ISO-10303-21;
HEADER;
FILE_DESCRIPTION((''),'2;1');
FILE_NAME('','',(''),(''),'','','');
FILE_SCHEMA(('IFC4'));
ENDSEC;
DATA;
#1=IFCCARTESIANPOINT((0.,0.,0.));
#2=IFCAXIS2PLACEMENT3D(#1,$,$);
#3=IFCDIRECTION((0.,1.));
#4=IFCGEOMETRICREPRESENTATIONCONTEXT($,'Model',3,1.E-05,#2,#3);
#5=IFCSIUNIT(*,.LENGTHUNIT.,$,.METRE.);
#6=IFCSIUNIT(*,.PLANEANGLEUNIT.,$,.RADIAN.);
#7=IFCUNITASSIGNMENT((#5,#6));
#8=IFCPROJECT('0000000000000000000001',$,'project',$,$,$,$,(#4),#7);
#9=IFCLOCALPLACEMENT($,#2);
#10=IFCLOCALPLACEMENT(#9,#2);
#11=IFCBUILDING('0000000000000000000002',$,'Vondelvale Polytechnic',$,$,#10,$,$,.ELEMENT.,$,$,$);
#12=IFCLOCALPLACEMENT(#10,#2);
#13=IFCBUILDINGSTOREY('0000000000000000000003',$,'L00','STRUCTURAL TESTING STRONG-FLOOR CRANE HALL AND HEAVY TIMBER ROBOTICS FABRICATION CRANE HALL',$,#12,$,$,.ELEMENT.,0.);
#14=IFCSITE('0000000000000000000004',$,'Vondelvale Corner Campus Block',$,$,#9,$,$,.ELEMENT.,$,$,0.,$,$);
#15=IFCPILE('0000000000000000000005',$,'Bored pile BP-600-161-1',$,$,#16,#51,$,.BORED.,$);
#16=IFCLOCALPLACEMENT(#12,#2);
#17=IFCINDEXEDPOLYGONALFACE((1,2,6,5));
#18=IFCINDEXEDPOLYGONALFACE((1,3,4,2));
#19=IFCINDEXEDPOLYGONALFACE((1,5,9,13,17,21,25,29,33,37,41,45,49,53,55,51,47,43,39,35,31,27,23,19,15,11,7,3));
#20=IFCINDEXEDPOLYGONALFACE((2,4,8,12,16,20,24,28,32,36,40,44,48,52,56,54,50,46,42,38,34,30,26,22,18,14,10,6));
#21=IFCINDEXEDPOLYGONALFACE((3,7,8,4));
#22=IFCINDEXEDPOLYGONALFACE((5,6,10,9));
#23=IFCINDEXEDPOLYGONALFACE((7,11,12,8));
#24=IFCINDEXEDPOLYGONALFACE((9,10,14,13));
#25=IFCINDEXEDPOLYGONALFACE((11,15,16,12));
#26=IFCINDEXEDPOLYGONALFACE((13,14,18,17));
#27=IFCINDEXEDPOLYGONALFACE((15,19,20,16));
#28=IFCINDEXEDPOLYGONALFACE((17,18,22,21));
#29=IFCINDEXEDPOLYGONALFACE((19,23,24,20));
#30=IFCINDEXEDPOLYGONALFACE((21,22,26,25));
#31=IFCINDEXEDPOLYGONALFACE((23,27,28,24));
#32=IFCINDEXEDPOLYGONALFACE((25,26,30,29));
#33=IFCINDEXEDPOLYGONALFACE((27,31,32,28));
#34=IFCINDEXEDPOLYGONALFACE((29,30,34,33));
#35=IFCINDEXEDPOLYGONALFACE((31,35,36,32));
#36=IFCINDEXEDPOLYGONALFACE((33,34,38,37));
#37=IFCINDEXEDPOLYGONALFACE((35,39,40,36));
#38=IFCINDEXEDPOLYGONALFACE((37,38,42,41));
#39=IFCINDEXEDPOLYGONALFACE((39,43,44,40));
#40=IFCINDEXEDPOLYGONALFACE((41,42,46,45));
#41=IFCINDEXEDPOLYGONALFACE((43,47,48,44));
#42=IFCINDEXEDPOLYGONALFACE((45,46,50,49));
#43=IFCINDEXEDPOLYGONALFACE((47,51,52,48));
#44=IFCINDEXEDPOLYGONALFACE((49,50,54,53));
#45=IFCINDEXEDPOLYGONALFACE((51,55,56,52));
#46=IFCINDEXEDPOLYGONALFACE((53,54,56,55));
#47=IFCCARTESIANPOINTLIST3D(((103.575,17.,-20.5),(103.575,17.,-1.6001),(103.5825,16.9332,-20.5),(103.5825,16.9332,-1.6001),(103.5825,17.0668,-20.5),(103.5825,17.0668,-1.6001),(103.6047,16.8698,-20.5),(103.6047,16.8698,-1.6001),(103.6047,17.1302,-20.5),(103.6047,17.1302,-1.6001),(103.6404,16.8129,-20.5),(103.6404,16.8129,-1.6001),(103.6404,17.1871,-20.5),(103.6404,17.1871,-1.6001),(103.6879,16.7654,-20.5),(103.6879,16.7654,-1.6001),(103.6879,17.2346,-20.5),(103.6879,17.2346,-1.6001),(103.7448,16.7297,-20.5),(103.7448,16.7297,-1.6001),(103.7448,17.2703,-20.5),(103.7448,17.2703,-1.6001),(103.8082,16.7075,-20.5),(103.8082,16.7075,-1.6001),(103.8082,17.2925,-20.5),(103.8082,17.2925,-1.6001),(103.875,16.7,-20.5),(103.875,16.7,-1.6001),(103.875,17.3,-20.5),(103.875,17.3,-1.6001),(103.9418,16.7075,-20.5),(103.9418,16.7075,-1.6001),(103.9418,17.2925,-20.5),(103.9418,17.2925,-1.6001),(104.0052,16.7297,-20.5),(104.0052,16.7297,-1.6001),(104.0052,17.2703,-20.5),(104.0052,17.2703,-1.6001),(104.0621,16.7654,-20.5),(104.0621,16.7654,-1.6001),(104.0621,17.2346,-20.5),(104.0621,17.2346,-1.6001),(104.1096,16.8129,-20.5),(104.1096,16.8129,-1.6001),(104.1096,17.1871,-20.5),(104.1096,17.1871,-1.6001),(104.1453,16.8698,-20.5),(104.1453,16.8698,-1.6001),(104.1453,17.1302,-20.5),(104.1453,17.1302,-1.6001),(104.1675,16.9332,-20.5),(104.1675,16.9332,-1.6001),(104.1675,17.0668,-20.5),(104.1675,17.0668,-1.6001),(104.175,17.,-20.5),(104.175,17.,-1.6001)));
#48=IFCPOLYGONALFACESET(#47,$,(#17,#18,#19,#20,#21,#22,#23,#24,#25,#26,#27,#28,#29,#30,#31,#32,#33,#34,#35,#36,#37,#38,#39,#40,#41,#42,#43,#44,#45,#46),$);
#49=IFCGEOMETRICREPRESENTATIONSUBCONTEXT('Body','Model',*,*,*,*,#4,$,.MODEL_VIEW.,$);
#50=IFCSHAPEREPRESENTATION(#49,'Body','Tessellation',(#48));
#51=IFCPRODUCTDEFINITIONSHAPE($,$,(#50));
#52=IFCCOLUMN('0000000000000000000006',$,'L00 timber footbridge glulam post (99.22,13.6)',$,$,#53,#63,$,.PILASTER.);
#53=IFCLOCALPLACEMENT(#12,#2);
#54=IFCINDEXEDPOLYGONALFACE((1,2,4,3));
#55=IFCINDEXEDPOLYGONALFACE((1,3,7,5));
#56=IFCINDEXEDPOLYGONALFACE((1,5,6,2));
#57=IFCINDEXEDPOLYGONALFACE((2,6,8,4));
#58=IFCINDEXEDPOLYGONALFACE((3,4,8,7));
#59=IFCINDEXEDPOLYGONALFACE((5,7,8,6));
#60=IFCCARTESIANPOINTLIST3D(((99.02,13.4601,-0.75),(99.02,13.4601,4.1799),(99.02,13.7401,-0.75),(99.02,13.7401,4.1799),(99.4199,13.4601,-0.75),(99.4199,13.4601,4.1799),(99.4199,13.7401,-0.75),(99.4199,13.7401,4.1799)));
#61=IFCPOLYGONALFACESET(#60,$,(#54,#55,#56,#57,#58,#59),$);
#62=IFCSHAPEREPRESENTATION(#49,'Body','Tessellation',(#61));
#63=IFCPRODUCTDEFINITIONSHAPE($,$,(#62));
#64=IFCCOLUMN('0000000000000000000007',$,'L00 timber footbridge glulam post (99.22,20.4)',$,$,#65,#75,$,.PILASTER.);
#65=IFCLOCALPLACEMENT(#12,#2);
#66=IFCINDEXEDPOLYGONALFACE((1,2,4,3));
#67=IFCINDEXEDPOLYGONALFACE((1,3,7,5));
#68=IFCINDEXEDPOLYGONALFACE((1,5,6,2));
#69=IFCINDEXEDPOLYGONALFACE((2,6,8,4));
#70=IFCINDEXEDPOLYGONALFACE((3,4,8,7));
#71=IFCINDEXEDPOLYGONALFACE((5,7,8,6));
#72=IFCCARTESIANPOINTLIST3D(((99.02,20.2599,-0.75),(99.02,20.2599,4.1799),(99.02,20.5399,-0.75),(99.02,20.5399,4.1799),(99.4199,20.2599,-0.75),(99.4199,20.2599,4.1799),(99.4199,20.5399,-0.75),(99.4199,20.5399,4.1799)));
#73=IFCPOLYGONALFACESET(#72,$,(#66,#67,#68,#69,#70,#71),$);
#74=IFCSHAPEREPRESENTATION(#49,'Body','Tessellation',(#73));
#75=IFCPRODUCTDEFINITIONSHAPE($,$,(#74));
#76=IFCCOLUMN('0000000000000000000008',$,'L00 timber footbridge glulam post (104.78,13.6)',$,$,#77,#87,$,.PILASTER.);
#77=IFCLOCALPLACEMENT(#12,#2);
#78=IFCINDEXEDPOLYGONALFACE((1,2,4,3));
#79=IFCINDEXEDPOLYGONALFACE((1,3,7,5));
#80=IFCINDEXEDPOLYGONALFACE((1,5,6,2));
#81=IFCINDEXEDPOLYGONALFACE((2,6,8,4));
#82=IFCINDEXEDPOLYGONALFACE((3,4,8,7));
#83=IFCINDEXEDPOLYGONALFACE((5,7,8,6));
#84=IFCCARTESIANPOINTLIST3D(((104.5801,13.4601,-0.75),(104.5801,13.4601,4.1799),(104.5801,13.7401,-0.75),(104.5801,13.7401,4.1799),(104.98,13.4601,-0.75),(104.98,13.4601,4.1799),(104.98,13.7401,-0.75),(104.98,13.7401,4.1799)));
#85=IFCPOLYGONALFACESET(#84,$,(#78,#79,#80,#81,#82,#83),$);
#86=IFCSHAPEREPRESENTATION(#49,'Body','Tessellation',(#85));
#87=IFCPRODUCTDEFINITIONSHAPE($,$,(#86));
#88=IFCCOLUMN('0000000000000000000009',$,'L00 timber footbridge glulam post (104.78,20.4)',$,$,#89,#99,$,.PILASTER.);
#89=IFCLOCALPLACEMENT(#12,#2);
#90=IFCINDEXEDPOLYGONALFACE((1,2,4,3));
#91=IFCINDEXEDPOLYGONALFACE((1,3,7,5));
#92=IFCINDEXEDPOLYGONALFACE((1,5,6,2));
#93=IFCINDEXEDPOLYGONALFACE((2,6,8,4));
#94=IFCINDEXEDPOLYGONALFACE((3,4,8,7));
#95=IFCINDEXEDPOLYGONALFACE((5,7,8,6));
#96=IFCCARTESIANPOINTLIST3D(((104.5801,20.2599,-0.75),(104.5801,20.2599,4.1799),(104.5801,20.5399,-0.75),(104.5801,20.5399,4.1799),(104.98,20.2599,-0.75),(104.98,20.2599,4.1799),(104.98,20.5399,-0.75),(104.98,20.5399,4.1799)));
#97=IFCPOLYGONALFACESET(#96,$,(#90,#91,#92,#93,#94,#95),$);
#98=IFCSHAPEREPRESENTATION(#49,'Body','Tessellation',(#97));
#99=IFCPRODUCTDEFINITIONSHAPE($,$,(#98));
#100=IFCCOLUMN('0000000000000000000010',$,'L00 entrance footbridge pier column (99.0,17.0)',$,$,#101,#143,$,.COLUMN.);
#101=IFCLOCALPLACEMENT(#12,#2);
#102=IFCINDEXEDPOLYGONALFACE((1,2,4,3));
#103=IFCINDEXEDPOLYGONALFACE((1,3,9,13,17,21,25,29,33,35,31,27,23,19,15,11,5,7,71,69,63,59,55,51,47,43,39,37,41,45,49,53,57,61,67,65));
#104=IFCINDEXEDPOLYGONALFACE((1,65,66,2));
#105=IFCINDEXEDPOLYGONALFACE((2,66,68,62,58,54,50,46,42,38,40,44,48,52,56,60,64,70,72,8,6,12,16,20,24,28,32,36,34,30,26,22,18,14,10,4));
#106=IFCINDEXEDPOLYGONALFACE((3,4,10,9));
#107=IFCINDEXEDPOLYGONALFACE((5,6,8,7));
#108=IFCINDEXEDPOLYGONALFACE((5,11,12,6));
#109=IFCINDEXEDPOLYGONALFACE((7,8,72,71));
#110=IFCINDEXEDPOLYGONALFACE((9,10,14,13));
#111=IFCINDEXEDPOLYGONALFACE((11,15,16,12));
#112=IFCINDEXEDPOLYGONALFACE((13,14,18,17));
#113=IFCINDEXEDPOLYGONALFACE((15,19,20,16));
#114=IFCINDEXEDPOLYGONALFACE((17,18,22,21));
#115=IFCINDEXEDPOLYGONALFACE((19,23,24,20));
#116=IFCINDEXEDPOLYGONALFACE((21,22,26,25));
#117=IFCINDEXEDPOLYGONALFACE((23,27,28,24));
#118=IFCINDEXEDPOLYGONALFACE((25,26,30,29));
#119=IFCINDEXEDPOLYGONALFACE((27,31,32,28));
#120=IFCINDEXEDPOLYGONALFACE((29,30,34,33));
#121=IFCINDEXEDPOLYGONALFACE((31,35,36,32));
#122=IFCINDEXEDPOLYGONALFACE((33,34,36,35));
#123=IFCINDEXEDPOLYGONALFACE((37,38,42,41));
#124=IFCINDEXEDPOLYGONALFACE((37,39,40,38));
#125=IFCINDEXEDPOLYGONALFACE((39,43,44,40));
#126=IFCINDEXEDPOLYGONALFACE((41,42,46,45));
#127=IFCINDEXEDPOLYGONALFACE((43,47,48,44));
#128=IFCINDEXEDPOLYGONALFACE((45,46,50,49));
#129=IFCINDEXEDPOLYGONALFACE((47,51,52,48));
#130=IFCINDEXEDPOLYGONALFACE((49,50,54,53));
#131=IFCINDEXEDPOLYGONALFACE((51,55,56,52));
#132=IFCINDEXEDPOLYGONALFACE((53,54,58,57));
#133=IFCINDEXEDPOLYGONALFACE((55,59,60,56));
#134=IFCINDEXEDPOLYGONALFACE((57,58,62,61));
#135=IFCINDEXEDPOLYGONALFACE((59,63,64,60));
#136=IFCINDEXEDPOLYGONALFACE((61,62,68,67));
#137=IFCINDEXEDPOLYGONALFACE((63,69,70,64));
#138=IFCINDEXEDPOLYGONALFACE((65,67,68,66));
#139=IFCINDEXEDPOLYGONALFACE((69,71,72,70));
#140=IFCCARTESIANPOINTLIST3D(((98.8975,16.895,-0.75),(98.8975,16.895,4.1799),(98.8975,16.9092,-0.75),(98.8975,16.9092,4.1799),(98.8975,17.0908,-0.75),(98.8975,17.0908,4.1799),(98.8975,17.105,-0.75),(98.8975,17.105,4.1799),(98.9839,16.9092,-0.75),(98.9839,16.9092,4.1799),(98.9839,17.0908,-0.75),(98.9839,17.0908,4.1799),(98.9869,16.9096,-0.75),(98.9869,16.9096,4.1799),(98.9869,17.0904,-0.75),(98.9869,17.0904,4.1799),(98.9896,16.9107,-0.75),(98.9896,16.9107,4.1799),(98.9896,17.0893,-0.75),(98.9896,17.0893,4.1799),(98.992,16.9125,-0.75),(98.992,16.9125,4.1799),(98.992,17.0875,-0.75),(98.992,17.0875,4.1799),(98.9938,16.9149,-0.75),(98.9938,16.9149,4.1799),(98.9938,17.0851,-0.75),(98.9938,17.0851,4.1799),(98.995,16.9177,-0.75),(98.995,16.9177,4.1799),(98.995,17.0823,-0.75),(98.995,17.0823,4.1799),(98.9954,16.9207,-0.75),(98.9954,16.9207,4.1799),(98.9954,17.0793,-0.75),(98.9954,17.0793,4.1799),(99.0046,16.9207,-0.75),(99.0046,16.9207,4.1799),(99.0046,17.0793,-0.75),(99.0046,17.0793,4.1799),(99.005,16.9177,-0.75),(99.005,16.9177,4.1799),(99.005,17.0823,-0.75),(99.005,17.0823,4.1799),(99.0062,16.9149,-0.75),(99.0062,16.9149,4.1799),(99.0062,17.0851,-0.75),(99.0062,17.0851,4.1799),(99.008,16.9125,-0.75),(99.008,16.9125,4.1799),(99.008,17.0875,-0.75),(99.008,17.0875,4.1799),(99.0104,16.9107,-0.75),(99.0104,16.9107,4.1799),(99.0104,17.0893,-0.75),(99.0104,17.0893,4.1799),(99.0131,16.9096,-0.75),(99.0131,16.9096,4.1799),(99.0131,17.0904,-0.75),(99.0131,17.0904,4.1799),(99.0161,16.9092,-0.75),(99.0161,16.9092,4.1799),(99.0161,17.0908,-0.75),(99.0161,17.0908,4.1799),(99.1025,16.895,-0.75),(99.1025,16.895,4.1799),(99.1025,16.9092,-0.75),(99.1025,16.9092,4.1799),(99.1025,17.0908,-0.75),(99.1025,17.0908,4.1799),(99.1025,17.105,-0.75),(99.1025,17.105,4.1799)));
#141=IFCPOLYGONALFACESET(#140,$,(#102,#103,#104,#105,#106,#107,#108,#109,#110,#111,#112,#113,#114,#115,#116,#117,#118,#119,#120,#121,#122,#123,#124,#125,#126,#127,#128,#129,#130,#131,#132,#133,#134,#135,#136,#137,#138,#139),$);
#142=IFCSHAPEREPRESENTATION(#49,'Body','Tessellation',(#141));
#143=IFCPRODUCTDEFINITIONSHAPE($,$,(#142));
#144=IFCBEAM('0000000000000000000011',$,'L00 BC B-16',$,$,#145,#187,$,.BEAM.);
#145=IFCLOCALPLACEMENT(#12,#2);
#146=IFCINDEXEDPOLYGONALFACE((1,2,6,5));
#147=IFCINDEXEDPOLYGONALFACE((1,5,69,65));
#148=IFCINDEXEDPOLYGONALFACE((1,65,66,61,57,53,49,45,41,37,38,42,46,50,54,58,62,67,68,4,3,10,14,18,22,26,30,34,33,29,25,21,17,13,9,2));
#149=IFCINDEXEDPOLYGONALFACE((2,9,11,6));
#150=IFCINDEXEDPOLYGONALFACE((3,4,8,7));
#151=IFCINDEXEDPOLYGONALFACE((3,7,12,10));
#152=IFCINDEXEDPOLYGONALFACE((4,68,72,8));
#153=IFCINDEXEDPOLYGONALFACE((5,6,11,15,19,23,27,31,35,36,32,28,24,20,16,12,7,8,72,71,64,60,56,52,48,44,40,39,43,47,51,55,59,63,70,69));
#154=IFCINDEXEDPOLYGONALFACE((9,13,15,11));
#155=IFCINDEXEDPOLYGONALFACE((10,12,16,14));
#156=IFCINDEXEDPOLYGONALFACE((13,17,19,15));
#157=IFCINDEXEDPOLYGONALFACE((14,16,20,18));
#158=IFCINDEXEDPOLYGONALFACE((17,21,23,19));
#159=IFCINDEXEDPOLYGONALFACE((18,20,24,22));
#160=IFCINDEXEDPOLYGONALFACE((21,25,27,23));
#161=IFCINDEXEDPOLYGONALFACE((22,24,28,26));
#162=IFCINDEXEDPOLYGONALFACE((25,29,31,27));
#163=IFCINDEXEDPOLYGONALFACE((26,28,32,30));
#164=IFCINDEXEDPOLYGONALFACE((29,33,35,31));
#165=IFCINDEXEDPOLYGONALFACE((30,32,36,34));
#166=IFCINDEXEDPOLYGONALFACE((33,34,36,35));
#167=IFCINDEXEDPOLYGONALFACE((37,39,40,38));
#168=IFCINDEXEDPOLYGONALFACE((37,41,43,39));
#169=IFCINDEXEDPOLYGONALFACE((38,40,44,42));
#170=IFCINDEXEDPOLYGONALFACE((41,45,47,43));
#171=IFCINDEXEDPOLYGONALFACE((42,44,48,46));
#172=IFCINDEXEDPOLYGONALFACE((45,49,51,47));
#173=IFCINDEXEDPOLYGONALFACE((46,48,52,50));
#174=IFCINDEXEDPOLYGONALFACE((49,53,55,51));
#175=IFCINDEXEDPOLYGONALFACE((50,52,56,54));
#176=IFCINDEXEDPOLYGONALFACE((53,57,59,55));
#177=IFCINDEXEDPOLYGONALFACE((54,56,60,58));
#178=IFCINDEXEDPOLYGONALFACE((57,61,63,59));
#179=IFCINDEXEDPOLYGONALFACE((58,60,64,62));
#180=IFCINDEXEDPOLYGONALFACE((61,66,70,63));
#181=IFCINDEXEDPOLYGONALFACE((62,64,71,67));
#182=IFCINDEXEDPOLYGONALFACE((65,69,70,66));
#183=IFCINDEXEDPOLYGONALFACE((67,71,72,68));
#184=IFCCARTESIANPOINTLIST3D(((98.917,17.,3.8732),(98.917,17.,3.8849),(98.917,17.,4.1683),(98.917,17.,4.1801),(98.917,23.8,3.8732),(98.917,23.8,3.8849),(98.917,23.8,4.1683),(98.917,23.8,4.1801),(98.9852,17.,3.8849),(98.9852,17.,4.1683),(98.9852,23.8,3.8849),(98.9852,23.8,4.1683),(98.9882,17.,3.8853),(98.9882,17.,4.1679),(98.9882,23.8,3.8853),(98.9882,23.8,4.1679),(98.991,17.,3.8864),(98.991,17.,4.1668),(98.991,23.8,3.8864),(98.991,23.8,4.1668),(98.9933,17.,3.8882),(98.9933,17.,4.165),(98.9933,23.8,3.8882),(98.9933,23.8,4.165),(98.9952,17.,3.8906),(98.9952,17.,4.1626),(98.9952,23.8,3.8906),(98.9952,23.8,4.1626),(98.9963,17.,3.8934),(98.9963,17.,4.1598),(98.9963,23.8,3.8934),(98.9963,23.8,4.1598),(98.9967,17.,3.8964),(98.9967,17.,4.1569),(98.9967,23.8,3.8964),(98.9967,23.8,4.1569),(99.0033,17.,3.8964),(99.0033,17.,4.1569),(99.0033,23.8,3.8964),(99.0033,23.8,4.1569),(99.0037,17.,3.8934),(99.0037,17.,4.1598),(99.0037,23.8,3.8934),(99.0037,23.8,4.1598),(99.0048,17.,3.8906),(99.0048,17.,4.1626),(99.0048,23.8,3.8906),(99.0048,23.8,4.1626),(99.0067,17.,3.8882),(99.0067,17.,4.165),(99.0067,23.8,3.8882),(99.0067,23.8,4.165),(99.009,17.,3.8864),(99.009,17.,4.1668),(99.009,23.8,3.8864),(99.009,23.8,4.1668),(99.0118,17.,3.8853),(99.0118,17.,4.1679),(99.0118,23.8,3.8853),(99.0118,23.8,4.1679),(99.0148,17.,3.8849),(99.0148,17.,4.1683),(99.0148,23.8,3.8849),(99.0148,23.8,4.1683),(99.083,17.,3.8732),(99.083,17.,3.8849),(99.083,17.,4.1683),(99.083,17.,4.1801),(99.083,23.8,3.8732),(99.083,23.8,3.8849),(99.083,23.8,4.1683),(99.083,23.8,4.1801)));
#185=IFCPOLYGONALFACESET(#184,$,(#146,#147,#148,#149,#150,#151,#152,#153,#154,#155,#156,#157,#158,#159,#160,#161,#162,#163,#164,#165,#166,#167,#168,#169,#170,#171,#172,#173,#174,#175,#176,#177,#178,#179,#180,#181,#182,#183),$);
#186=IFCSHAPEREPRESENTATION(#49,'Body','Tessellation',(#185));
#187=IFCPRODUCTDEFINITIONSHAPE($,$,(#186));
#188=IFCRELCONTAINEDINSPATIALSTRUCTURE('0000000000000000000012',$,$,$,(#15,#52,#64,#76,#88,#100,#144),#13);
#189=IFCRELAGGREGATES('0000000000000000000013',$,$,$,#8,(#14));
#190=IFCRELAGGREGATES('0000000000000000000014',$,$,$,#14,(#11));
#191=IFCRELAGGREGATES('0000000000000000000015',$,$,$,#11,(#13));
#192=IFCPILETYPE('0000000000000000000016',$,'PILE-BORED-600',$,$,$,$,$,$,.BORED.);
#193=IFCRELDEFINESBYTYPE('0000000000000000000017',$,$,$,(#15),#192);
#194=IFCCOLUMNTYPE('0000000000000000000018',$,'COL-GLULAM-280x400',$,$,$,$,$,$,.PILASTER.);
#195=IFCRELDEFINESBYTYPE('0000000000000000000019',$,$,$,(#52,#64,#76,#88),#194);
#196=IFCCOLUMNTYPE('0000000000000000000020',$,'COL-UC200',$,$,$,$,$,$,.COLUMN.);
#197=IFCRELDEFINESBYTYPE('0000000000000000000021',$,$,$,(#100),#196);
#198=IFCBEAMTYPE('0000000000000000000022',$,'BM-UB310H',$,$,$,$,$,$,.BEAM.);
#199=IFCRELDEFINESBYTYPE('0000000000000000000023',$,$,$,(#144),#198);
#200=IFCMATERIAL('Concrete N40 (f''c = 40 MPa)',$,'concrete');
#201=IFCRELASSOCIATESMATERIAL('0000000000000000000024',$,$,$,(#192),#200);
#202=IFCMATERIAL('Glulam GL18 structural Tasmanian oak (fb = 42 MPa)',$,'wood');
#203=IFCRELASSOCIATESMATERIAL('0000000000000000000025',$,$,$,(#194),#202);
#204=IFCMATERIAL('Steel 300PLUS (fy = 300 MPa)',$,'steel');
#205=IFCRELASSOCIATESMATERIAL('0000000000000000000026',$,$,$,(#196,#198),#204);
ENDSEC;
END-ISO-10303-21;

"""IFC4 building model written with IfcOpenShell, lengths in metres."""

from ifc_helpers import new_model, si_unit, direction, frame, origin, origin_2d, place, context, subcontext, project, spatial, rectangle, circle, i_section, extrude, material, material_profile, profile_set, type_object, element, save


model = new_model("IFC4")

# Units and contexts
model_context = context("Model", 3, precision=1e-05, world=origin(), true_north=direction((0.0, 1.0)))
body_context = subcontext(model_context, "Body", "Model", "MODEL_VIEW")
ifc_project = project(units=[si_unit("LENGTHUNIT", "METRE"), si_unit("PLANEANGLEUNIT", "RADIAN")], contexts=[model_context])

# Site, building, storey
site_placement = place(None, origin())
site = spatial("IfcSite", under=ifc_project, at=site_placement, Name="Vondelvale Corner Campus Block", CompositionType="ELEMENT", RefElevation=0.0)
building_placement = place(site_placement, origin())
building = spatial("IfcBuilding", under=site, at=building_placement, Name="Vondelvale Polytechnic", CompositionType="ELEMENT")
storey_placement = place(building_placement, origin())
storey = spatial("IfcBuildingStorey", under=building, at=storey_placement, Name="L00", Description="STRUCTURAL TESTING STRONG-FLOOR CRANE HALL AND HEAVY TIMBER ROBOTICS FABRICATION CRANE HALL", CompositionType="ELEMENT", Elevation=0.0)

# Shared definitions
ifc_material_1 = material(Name="Concrete N40 (f'c = 40 MPa)", Category="concrete")

# Pile
ifc_material_profile_1 = material_profile(ifc_material_1, circle(Radius=0.3, at=origin_2d()), Name="PILE-D600")
ifc_profile_set_1 = profile_set([ifc_material_profile_1], Name="Concrete N40 (f'c = 40 MPa)")
pile_type = type_object("IfcPileType", Name="PILE-BORED-600", PredefinedType="BORED", material=ifc_profile_set_1)
for number, where, z_axis, x_axis, name in (
    (1, (103.875, 17.0, -1.6001), (0.0, 0.0, -1.0), (1.0, 0.0, 0.0), "Bored pile BP-600-161-1"),
):
    element("IfcPile", number, at=place(storey_placement, frame(where, z_axis=z_axis, x_axis=x_axis)), inside=storey, type_object=pile_type, Name=name, PredefinedType="BORED", context=body_context, shape_type="SweptSolid", body=[
        extrude(circle(Radius=0.3, at=origin_2d()), origin(), (0.0, 0.0, 1.0), 18.8999),
    ])

# Columns
ifc_material_2 = material(Name="Glulam GL18 structural Tasmanian oak (fb = 42 MPa)", Category="wood")
ifc_material_profile_2 = material_profile(ifc_material_2, rectangle(XDim=0.28, YDim=0.3999, at=origin_2d()), Name="GL-POST-280x400")
ifc_profile_set_2 = profile_set([ifc_material_profile_2], Name="Glulam GL18 structural Tasmanian oak (fb = 42 MPa)")
column_type_1 = type_object("IfcColumnType", Name="COL-GLULAM-280x400", PredefinedType="PILASTER", material=ifc_profile_set_2)
for number, where, z_axis, x_axis, name in (
    (2, (99.22, 13.6001, -0.75), (0.0, 0.0, 1.0), (0.0, 1.0, 0.0), "L00 timber footbridge glulam post (99.22,13.6)"),
    (3, (99.22, 20.3999, -0.75), (0.0, 0.0, 1.0), (0.0, 1.0, 0.0), "L00 timber footbridge glulam post (99.22,20.4)"),
    (4, (104.78, 13.6001, -0.75), (0.0, 0.0, 1.0), (0.0, 1.0, 0.0), "L00 timber footbridge glulam post (104.78,13.6)"),
    (5, (104.78, 20.3999, -0.75), (0.0, 0.0, 1.0), (0.0, 1.0, 0.0), "L00 timber footbridge glulam post (104.78,20.4)"),
):
    element("IfcColumn", number, at=place(storey_placement, frame(where, z_axis=z_axis, x_axis=x_axis)), inside=storey, type_object=column_type_1, Name=name, PredefinedType="PILASTER", context=body_context, shape_type="SweptSolid", body=[
        extrude(rectangle(XDim=0.28, YDim=0.3999, at=origin_2d()), origin(), (0.0, 0.0, 1.0), 4.9299),
    ])
ifc_material_3 = material(Name="Steel 300PLUS (fy = 300 MPa)", Category="steel")
ifc_material_profile_3 = material_profile(ifc_material_3, i_section(OverallWidth=0.2051, OverallDepth=0.21, WebThickness=0.0093, FlangeThickness=0.0142, FilletRadius=0.0115, at=origin_2d()), Name="200UC59.5")
ifc_profile_set_3 = profile_set([ifc_material_profile_3], Name="Steel 300PLUS (fy = 300 MPa)")
column_type_2 = type_object("IfcColumnType", Name="COL-UC200", PredefinedType="COLUMN", material=ifc_profile_set_3)
column_placement = place(storey_placement, frame((99.0, 17.0, -0.75), z_axis=(0.0, 0.0, 1.0), x_axis=(1.0, 0.0, 0.0)))
element("IfcColumn", 6, at=column_placement, inside=storey, type_object=column_type_2, Name="L00 entrance footbridge pier column (99.0,17.0)", PredefinedType="COLUMN", context=body_context, shape_type="SweptSolid", body=[
    extrude(i_section(OverallWidth=0.2051, OverallDepth=0.21, WebThickness=0.0093, FlangeThickness=0.0142, FilletRadius=0.0115, at=origin_2d()), origin(), (0.0, 0.0, 1.0), 4.9299),
])

# Beam
ifc_material_profile_4 = material_profile(ifc_material_3, i_section(OverallWidth=0.166, OverallDepth=0.3069, WebThickness=0.0066, FlangeThickness=0.0117, FilletRadius=0.0115, at=origin_2d()), Name="310UB46.2")
ifc_profile_set_4 = profile_set([ifc_material_profile_4], Name="Steel 300PLUS (fy = 300 MPa)")
beam_type_1 = type_object("IfcBeamType", Name="BM-UB310H", PredefinedType="BEAM", material=ifc_profile_set_4)
beam_1_placement = place(storey_placement, frame((99.0, 17.0, 4.0266), z_axis=(0.0, 1.0, 0.0), x_axis=(-1.0, 0.0, 0.0)))
element("IfcBeam", 7, at=beam_1_placement, inside=storey, type_object=beam_type_1, Name="L00 BC B-16", PredefinedType="BEAM", context=body_context, shape_type="SweptSolid", body=[
    extrude(i_section(OverallWidth=0.166, OverallDepth=0.3069, WebThickness=0.0066, FlangeThickness=0.0117, FilletRadius=0.0115, at=origin_2d()), origin(), (0.0, 0.0, 1.0), 6.8),
])

save(model, "model.ifc")
